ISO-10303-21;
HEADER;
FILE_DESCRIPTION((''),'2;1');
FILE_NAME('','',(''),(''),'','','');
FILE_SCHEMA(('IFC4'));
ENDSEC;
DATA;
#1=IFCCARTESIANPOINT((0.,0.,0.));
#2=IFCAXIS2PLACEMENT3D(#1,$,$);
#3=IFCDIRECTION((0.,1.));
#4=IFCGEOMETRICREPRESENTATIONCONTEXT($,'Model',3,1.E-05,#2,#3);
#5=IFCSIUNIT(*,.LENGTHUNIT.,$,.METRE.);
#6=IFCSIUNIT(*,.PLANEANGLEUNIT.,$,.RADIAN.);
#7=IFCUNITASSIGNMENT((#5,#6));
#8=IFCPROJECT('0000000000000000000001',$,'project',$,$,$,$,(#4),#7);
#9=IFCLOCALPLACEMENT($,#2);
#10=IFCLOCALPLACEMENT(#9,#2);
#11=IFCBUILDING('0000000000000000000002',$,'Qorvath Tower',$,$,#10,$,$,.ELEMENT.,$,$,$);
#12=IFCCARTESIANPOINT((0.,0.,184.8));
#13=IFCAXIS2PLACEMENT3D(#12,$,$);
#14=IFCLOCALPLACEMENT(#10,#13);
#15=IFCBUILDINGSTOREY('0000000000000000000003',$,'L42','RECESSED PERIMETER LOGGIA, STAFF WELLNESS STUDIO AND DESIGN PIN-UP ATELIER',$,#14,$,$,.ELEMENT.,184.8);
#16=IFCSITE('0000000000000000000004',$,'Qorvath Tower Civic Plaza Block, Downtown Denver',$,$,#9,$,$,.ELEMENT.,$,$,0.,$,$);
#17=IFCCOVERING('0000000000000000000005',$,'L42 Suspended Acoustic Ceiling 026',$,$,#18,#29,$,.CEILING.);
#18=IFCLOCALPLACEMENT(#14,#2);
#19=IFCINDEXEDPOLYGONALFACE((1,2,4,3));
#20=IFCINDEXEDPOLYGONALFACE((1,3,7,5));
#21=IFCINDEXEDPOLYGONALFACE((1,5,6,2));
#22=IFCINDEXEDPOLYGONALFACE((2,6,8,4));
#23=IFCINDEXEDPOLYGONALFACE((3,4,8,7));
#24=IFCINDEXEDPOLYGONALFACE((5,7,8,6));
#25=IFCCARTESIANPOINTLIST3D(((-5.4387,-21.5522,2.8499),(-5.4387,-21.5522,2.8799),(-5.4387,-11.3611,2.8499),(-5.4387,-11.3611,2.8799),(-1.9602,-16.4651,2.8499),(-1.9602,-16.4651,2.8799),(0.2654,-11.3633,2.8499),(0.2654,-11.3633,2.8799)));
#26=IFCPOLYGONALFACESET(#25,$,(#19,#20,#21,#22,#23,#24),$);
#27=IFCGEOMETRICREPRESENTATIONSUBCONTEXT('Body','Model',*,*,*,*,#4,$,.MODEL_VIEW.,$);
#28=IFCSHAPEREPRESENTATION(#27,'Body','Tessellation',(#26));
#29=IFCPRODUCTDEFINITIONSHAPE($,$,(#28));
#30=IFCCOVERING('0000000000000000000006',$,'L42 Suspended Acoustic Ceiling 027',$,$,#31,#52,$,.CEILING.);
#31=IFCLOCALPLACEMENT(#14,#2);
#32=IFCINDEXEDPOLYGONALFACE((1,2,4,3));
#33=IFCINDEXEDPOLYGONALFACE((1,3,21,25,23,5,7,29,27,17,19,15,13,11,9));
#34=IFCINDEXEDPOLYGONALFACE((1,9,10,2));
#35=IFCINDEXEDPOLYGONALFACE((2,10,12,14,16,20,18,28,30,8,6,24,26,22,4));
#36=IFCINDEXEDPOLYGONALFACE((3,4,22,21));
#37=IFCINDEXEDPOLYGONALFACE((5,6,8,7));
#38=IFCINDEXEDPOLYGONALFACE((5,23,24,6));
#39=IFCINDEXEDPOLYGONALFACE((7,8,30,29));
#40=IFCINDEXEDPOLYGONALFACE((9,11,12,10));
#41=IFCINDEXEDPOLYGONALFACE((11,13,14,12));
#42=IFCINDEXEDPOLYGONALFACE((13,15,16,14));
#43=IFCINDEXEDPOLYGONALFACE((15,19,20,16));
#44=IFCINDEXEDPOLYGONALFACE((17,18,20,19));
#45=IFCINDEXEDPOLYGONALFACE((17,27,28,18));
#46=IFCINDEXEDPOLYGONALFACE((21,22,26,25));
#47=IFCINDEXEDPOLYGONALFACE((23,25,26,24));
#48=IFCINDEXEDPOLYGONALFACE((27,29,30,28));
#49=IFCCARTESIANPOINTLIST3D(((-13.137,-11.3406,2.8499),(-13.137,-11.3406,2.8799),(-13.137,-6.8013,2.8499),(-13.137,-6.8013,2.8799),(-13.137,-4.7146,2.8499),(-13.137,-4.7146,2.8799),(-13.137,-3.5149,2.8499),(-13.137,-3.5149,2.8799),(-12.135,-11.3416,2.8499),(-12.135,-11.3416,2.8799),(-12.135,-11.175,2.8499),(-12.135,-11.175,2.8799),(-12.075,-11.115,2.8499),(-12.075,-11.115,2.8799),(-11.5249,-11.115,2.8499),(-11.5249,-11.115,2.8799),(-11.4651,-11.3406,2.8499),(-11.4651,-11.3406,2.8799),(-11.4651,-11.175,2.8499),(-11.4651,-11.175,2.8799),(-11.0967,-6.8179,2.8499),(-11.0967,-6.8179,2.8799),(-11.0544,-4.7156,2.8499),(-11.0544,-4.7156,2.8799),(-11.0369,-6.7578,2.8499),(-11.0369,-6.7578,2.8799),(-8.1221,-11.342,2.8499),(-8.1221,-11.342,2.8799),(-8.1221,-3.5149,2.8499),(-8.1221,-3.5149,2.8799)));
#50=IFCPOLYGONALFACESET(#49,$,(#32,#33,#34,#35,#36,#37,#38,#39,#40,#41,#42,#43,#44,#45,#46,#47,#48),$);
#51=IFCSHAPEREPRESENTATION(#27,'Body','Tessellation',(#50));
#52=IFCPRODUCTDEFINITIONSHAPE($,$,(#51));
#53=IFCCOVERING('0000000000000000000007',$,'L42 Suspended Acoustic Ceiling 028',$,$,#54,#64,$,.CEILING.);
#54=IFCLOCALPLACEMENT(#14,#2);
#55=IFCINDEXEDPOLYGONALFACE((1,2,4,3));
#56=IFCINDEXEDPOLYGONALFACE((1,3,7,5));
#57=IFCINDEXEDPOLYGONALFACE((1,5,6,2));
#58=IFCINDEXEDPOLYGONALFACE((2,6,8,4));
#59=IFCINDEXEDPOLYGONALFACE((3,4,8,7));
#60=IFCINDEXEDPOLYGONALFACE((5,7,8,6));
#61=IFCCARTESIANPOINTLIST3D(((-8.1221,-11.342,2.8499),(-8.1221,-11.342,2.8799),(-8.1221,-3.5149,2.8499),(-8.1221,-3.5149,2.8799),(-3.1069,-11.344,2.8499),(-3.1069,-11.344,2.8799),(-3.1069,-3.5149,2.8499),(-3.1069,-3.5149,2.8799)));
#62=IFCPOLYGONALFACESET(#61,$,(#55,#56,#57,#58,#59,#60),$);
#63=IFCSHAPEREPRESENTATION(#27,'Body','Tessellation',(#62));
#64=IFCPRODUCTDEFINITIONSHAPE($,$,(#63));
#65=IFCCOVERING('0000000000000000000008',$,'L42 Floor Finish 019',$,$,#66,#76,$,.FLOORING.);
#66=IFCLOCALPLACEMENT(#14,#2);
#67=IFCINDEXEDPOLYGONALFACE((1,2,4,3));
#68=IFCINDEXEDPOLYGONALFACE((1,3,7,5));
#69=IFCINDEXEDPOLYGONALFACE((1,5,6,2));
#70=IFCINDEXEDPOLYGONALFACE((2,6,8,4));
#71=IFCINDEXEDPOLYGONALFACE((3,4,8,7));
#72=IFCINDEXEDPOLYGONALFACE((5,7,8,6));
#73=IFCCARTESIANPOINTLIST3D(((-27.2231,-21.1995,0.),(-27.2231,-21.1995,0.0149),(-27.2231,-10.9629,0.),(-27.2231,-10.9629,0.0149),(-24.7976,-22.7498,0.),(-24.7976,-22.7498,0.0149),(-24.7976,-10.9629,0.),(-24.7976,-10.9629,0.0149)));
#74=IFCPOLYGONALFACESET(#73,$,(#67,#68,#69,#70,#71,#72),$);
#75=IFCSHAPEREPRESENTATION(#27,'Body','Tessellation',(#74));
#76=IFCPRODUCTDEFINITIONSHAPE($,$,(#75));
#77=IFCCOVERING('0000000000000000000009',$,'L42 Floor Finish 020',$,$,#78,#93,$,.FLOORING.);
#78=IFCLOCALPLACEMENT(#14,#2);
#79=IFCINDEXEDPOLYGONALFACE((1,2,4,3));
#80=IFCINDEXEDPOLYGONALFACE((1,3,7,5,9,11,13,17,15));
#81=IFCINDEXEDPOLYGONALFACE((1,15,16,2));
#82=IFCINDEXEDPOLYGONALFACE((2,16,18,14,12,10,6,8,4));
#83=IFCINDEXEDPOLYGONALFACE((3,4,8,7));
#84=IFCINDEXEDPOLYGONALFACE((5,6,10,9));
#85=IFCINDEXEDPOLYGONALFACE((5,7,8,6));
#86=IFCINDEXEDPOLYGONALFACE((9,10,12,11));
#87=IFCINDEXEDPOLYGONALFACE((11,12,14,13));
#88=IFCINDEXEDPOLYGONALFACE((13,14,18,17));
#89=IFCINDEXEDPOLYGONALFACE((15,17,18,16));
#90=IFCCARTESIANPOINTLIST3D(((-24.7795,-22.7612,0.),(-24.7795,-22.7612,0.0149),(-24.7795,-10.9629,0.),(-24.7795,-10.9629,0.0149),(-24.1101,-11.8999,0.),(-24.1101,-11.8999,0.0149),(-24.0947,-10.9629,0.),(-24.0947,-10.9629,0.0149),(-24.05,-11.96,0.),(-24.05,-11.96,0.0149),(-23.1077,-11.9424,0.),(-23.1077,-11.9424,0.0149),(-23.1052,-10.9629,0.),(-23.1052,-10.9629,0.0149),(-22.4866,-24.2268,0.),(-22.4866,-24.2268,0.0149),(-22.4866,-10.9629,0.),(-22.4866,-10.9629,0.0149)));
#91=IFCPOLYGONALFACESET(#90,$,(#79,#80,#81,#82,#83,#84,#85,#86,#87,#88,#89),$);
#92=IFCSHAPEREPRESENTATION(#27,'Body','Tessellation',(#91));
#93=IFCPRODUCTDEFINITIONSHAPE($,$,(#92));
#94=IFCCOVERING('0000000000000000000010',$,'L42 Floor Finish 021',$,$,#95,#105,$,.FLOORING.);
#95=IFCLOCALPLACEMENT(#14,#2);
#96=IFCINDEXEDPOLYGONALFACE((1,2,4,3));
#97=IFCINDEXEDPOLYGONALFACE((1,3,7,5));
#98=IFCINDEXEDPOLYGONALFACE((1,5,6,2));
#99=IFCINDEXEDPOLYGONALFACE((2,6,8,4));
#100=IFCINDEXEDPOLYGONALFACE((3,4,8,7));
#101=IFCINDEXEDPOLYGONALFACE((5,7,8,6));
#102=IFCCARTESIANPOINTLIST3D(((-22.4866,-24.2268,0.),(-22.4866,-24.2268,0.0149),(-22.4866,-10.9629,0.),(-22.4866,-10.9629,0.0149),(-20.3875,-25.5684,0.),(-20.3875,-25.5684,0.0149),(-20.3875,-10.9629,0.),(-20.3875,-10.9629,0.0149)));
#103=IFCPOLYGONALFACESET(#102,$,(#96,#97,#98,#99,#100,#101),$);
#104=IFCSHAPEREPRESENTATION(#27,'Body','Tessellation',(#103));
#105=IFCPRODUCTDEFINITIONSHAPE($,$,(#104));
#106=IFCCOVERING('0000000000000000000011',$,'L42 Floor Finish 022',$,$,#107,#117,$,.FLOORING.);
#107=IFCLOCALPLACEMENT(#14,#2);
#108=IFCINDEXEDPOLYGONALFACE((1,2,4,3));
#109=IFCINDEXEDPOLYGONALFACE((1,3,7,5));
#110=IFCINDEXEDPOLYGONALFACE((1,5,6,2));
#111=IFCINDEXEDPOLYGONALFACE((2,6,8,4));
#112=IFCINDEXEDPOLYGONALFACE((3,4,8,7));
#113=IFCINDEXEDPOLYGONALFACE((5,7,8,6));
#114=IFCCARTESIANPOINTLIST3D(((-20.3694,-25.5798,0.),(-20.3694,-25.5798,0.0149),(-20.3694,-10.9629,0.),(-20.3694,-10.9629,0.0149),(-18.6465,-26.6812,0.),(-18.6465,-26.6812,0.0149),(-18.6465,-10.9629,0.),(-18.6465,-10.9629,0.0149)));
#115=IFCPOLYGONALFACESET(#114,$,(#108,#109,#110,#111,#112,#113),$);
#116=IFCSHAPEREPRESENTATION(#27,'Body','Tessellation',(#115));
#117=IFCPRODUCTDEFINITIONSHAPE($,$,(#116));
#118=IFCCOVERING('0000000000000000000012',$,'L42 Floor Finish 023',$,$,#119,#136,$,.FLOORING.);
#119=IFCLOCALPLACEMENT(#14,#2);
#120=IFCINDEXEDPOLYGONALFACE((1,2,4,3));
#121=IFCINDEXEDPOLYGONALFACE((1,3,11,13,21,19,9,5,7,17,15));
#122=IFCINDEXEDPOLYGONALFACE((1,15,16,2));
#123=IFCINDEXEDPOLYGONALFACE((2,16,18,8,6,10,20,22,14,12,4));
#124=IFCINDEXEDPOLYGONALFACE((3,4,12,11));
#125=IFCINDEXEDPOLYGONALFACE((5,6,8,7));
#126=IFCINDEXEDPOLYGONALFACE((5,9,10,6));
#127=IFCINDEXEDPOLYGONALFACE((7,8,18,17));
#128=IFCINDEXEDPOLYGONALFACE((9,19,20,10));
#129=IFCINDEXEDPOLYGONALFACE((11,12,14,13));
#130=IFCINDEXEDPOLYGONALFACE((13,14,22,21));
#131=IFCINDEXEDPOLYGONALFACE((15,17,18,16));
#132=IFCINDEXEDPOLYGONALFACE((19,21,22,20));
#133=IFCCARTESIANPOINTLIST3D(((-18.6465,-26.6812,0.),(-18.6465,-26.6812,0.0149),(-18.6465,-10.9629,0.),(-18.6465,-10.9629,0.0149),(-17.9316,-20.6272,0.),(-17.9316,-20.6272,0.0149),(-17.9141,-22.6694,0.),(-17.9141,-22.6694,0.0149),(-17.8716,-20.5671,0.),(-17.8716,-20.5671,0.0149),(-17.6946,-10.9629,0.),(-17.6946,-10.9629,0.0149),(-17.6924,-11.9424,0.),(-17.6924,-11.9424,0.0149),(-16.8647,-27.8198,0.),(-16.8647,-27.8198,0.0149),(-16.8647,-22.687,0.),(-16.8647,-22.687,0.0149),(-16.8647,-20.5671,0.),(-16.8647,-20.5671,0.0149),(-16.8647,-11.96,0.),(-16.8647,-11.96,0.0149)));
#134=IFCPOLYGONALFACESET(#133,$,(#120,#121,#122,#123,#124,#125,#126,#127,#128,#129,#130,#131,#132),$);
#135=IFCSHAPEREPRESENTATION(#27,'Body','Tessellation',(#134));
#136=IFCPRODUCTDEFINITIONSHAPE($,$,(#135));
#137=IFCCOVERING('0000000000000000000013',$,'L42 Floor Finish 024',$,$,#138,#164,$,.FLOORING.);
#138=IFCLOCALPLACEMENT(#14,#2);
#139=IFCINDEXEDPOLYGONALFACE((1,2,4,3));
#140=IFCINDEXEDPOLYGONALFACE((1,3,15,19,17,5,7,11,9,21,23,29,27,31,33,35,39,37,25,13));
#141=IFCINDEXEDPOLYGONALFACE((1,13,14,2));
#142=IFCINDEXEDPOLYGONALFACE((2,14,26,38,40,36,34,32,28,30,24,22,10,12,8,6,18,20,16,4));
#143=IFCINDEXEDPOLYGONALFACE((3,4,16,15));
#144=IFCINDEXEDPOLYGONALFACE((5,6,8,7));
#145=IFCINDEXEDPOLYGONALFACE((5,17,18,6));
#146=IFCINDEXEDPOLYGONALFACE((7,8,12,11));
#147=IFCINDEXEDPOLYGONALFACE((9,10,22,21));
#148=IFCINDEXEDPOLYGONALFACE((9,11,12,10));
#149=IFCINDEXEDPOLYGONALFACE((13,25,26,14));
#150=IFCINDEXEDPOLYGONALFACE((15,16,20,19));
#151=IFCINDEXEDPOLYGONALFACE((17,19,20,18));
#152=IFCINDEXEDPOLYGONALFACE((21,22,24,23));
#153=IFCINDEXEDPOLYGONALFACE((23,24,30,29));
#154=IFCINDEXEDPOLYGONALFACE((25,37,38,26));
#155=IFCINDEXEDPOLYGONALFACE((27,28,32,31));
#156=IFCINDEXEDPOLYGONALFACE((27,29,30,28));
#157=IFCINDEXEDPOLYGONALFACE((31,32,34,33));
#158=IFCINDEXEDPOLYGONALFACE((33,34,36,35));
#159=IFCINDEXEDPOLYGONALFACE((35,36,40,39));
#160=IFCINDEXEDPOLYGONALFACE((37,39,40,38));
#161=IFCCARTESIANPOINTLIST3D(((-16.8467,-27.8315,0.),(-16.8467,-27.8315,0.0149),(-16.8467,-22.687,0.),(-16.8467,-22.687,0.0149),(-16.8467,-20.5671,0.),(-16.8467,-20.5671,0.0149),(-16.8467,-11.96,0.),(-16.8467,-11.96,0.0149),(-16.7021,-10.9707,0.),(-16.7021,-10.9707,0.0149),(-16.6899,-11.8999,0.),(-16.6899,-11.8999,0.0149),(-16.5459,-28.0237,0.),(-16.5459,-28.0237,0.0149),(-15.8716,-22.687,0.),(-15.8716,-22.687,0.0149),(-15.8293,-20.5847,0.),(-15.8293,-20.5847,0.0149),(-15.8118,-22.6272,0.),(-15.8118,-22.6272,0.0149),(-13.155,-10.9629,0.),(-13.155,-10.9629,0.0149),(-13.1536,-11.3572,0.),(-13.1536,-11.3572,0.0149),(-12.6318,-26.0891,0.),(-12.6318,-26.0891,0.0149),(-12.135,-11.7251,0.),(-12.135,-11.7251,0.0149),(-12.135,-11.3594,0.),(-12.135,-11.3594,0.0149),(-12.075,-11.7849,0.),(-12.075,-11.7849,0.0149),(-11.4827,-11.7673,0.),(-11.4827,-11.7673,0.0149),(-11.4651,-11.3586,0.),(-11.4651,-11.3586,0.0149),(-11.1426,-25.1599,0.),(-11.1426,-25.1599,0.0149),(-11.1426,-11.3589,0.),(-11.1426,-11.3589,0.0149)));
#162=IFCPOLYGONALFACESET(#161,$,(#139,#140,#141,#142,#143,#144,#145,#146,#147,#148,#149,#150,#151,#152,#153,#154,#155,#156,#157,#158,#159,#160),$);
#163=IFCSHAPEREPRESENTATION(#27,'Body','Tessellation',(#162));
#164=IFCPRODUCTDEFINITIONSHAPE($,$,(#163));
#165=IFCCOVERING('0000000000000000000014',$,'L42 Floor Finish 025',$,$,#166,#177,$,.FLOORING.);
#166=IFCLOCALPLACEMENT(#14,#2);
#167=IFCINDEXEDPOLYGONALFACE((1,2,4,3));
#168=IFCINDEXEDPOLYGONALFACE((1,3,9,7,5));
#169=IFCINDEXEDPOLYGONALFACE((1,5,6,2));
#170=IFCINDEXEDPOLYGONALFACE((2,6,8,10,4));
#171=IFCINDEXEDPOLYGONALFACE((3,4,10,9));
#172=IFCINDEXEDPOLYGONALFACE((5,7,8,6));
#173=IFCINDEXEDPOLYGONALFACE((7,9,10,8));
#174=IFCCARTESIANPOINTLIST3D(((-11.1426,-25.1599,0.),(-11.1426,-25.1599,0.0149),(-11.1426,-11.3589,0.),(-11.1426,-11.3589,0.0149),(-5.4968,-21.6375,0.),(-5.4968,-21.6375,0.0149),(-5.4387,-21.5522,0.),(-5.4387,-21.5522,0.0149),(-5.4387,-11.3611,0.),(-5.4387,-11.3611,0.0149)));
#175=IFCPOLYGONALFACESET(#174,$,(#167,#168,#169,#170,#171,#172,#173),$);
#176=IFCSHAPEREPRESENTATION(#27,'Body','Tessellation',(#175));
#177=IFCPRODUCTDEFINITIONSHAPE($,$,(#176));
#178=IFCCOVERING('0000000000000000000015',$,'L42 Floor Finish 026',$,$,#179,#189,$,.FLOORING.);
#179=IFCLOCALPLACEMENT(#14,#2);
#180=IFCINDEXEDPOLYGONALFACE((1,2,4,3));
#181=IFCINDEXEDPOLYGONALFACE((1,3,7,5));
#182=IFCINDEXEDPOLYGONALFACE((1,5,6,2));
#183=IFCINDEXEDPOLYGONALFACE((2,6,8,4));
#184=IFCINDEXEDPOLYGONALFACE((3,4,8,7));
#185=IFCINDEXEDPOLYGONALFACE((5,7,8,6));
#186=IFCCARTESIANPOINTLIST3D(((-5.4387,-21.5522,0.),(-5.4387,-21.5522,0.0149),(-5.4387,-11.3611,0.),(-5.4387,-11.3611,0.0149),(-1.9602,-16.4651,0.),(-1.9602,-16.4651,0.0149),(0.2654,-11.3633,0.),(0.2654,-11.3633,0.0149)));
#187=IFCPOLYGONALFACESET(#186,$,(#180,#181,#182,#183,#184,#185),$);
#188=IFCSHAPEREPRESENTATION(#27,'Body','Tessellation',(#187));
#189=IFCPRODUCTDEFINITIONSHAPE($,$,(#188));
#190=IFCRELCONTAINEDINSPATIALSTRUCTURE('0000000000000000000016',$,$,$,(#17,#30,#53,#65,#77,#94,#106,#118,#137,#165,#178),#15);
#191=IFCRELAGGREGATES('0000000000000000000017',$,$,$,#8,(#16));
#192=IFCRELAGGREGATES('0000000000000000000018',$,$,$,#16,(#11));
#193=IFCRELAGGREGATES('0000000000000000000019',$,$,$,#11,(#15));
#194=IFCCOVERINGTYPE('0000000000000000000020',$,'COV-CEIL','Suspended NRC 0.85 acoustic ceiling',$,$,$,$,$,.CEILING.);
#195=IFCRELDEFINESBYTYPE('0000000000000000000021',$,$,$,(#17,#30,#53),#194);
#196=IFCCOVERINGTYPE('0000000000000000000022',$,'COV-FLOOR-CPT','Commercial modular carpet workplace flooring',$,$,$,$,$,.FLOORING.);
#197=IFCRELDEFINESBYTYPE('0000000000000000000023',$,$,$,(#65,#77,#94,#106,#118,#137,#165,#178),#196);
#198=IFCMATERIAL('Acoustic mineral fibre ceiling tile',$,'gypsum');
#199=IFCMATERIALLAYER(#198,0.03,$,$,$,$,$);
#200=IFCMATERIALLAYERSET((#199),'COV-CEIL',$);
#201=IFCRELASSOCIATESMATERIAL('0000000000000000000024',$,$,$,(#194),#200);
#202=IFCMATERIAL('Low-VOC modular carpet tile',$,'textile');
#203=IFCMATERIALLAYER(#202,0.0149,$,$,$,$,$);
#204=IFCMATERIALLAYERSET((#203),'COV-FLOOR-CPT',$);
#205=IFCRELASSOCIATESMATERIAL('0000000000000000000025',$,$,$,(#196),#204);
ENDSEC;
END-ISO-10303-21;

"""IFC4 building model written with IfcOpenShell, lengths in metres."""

from ifc_helpers import new_model, si_unit, direction, frame, origin, place, context, subcontext, project, spatial, polyline, outline, extrude, material, layer, layer_set, type_object, element, save


model = new_model("IFC4")

# Units and contexts
model_context = context("Model", 3, precision=1e-05, world=origin(), true_north=direction((0.0, 1.0)))
body_context = subcontext(model_context, "Body", "Model", "MODEL_VIEW")
ifc_project = project(units=[si_unit("LENGTHUNIT", "METRE"), si_unit("PLANEANGLEUNIT", "RADIAN")], contexts=[model_context])

# Site, building, storey
site_placement = place(None, origin())
site = spatial("IfcSite", under=ifc_project, at=site_placement, Name="Qorvath Tower Civic Plaza Block, Downtown Denver", CompositionType="ELEMENT", RefElevation=0.0)
building_placement = place(site_placement, origin())
building = spatial("IfcBuilding", under=site, at=building_placement, Name="Qorvath Tower", CompositionType="ELEMENT")
storey_placement = place(building_placement, frame((0.0, 0.0, 184.8)))
storey = spatial("IfcBuildingStorey", under=building, at=storey_placement, Name="L42", Description="RECESSED PERIMETER LOGGIA, STAFF WELLNESS STUDIO AND DESIGN PIN-UP ATELIER", CompositionType="ELEMENT", Elevation=184.8)

# Coverings
ifc_material_1 = material(Name="Acoustic mineral fibre ceiling tile", Category="gypsum")
ifc_layer_1 = layer(ifc_material_1, 0.03)
ifc_layer_set_1 = layer_set([ifc_layer_1], Name="COV-CEIL")
covering_type_1 = type_object("IfcCoveringType", Name="COV-CEIL", Description="Suspended NRC 0.85 acoustic ceiling", PredefinedType="CEILING", material=ifc_layer_set_1)
covering_1_placement = place(storey_placement, frame((0.0, 0.0, 2.8499)))
element("IfcCovering", 1, at=covering_1_placement, inside=storey, type_object=covering_type_1, Name="L42 Suspended Acoustic Ceiling 026", PredefinedType="CEILING", context=body_context, shape_type="SweptSolid", body=[
    extrude(outline(polyline([(-5.4387, -11.3611), (-5.4387, -21.5522), (-1.9602, -16.4651), (0.2654, -11.3633), (-5.4387, -11.3611)])), origin(), (0.0, 0.0, 1.0), 0.03),
])
covering_2_placement = place(storey_placement, frame((0.0, 0.0, 2.8499)))
element("IfcCovering", 2, at=covering_2_placement, inside=storey, type_object=covering_type_1, Name="L42 Suspended Acoustic Ceiling 027", PredefinedType="CEILING", context=body_context, shape_type="SweptSolid", body=[
    extrude(outline(polyline([(-8.1221, -11.342), (-8.1221, -3.5149), (-13.137, -3.5149), (-13.137, -4.7146), (-11.0544, -4.7156), (-11.0369, -6.7578), (-11.0967, -6.8179), (-13.137, -6.8013), (-13.137, -11.3406), (-12.135, -11.3416), (-12.135, -11.175), (-12.075, -11.115), (-11.5249, -11.115), (-11.4651, -11.175), (-11.4651, -11.3406), (-8.1221, -11.342)])), origin(), (0.0, 0.0, 1.0), 0.03),
])
covering_3_placement = place(storey_placement, frame((0.0, 0.0, 2.8499)))
element("IfcCovering", 3, at=covering_3_placement, inside=storey, type_object=covering_type_1, Name="L42 Suspended Acoustic Ceiling 028", PredefinedType="CEILING", context=body_context, shape_type="SweptSolid", body=[
    extrude(outline(polyline([(-3.1069, -11.344), (-3.1069, -3.5149), (-8.1221, -3.5149), (-8.1221, -11.342), (-3.1069, -11.344)])), origin(), (0.0, 0.0, 1.0), 0.03),
])
ifc_material_2 = material(Name="Low-VOC modular carpet tile", Category="textile")
ifc_layer_2 = layer(ifc_material_2, 0.0149)
ifc_layer_set_2 = layer_set([ifc_layer_2], Name="COV-FLOOR-CPT")
covering_type_2 = type_object("IfcCoveringType", Name="COV-FLOOR-CPT", Description="Commercial modular carpet workplace flooring", PredefinedType="FLOORING", material=ifc_layer_set_2)
covering_4_placement = place(storey_placement, origin())
element("IfcCovering", 4, at=covering_4_placement, inside=storey, type_object=covering_type_2, Name="L42 Floor Finish 019", PredefinedType="FLOORING", context=body_context, shape_type="SweptSolid", body=[
    extrude(outline(polyline([(-24.7976, -10.9629), (-27.2231, -10.9629), (-27.2231, -21.1995), (-24.7976, -22.7498), (-24.7976, -10.9629)])), origin(), (0.0, 0.0, 1.0), 0.0149),
])
covering_5_placement = place(storey_placement, origin())
element("IfcCovering", 5, at=covering_5_placement, inside=storey, type_object=covering_type_2, Name="L42 Floor Finish 020", PredefinedType="FLOORING", context=body_context, shape_type="SweptSolid", body=[
    extrude(outline(polyline([(-24.0947, -10.9629), (-24.7795, -10.9629), (-24.7795, -22.7612), (-22.4866, -24.2268), (-22.4866, -10.9629), (-23.1052, -10.9629), (-23.1077, -11.9424), (-24.05, -11.96), (-24.1101, -11.8999), (-24.0947, -10.9629)])), origin(), (0.0, 0.0, 1.0), 0.0149),
])
covering_6_placement = place(storey_placement, origin())
element("IfcCovering", 6, at=covering_6_placement, inside=storey, type_object=covering_type_2, Name="L42 Floor Finish 021", PredefinedType="FLOORING", context=body_context, shape_type="SweptSolid", body=[
    extrude(outline(polyline([(-22.4866, -10.9629), (-22.4866, -24.2268), (-20.3875, -25.5684), (-20.3875, -10.9629), (-22.4866, -10.9629)])), origin(), (0.0, 0.0, 1.0), 0.0149),
])
covering_7_placement = place(storey_placement, origin())
element("IfcCovering", 7, at=covering_7_placement, inside=storey, type_object=covering_type_2, Name="L42 Floor Finish 022", PredefinedType="FLOORING", context=body_context, shape_type="SweptSolid", body=[
    extrude(outline(polyline([(-18.6465, -26.6812), (-18.6465, -10.9629), (-20.3694, -10.9629), (-20.3694, -25.5798), (-18.6465, -26.6812)])), origin(), (0.0, 0.0, 1.0), 0.0149),
])
covering_8_placement = place(storey_placement, origin())
element("IfcCovering", 8, at=covering_8_placement, inside=storey, type_object=covering_type_2, Name="L42 Floor Finish 023", PredefinedType="FLOORING", context=body_context, shape_type="SweptSolid", body=[
    extrude(outline(polyline([(-17.8716, -20.5671), (-16.8647, -20.5671), (-16.8647, -11.96), (-17.6924, -11.9424), (-17.6946, -10.9629), (-18.6465, -10.9629), (-18.6465, -26.6812), (-16.8647, -27.8198), (-16.8647, -22.687), (-17.9141, -22.6694), (-17.9316, -20.6272), (-17.8716, -20.5671)])), origin(), (0.0, 0.0, 1.0), 0.0149),
])
covering_9_placement = place(storey_placement, origin())
element("IfcCovering", 9, at=covering_9_placement, inside=storey, type_object=covering_type_2, Name="L42 Floor Finish 024", PredefinedType="FLOORING", context=body_context, shape_type="SweptSolid", body=[
    extrude(outline(polyline([(-16.8467, -27.8315), (-16.5459, -28.0237), (-12.6318, -26.0891), (-11.1426, -25.1599), (-11.1426, -11.3589), (-11.4651, -11.3586), (-11.4827, -11.7673), (-12.075, -11.7849), (-12.135, -11.7251), (-12.135, -11.3594), (-13.1536, -11.3572), (-13.155, -10.9629), (-16.7021, -10.9707), (-16.6899, -11.8999), (-16.8467, -11.96), (-16.8467, -20.5671), (-15.8293, -20.5847), (-15.8118, -22.6272), (-15.8716, -22.687), (-16.8467, -22.687), (-16.8467, -27.8315)])), origin(), (0.0, 0.0, 1.0), 0.0149),
])
covering_10_placement = place(storey_placement, origin())
element("IfcCovering", 10, at=covering_10_placement, inside=storey, type_object=covering_type_2, Name="L42 Floor Finish 025", PredefinedType="FLOORING", context=body_context, shape_type="SweptSolid", body=[
    extrude(outline(polyline([(-11.1426, -11.3589), (-11.1426, -25.1599), (-5.4968, -21.6375), (-5.4387, -21.5522), (-5.4387, -11.3611), (-11.1426, -11.3589)])), origin(), (0.0, 0.0, 1.0), 0.0149),
])
covering_11_placement = place(storey_placement, origin())
element("IfcCovering", 11, at=covering_11_placement, inside=storey, type_object=covering_type_2, Name="L42 Floor Finish 026", PredefinedType="FLOORING", context=body_context, shape_type="SweptSolid", body=[
    extrude(outline(polyline([(-5.4387, -11.3611), (-5.4387, -21.5522), (-1.9602, -16.4651), (0.2654, -11.3633), (-5.4387, -11.3611)])), origin(), (0.0, 0.0, 1.0), 0.0149),
])

save(model, "model.ifc")
